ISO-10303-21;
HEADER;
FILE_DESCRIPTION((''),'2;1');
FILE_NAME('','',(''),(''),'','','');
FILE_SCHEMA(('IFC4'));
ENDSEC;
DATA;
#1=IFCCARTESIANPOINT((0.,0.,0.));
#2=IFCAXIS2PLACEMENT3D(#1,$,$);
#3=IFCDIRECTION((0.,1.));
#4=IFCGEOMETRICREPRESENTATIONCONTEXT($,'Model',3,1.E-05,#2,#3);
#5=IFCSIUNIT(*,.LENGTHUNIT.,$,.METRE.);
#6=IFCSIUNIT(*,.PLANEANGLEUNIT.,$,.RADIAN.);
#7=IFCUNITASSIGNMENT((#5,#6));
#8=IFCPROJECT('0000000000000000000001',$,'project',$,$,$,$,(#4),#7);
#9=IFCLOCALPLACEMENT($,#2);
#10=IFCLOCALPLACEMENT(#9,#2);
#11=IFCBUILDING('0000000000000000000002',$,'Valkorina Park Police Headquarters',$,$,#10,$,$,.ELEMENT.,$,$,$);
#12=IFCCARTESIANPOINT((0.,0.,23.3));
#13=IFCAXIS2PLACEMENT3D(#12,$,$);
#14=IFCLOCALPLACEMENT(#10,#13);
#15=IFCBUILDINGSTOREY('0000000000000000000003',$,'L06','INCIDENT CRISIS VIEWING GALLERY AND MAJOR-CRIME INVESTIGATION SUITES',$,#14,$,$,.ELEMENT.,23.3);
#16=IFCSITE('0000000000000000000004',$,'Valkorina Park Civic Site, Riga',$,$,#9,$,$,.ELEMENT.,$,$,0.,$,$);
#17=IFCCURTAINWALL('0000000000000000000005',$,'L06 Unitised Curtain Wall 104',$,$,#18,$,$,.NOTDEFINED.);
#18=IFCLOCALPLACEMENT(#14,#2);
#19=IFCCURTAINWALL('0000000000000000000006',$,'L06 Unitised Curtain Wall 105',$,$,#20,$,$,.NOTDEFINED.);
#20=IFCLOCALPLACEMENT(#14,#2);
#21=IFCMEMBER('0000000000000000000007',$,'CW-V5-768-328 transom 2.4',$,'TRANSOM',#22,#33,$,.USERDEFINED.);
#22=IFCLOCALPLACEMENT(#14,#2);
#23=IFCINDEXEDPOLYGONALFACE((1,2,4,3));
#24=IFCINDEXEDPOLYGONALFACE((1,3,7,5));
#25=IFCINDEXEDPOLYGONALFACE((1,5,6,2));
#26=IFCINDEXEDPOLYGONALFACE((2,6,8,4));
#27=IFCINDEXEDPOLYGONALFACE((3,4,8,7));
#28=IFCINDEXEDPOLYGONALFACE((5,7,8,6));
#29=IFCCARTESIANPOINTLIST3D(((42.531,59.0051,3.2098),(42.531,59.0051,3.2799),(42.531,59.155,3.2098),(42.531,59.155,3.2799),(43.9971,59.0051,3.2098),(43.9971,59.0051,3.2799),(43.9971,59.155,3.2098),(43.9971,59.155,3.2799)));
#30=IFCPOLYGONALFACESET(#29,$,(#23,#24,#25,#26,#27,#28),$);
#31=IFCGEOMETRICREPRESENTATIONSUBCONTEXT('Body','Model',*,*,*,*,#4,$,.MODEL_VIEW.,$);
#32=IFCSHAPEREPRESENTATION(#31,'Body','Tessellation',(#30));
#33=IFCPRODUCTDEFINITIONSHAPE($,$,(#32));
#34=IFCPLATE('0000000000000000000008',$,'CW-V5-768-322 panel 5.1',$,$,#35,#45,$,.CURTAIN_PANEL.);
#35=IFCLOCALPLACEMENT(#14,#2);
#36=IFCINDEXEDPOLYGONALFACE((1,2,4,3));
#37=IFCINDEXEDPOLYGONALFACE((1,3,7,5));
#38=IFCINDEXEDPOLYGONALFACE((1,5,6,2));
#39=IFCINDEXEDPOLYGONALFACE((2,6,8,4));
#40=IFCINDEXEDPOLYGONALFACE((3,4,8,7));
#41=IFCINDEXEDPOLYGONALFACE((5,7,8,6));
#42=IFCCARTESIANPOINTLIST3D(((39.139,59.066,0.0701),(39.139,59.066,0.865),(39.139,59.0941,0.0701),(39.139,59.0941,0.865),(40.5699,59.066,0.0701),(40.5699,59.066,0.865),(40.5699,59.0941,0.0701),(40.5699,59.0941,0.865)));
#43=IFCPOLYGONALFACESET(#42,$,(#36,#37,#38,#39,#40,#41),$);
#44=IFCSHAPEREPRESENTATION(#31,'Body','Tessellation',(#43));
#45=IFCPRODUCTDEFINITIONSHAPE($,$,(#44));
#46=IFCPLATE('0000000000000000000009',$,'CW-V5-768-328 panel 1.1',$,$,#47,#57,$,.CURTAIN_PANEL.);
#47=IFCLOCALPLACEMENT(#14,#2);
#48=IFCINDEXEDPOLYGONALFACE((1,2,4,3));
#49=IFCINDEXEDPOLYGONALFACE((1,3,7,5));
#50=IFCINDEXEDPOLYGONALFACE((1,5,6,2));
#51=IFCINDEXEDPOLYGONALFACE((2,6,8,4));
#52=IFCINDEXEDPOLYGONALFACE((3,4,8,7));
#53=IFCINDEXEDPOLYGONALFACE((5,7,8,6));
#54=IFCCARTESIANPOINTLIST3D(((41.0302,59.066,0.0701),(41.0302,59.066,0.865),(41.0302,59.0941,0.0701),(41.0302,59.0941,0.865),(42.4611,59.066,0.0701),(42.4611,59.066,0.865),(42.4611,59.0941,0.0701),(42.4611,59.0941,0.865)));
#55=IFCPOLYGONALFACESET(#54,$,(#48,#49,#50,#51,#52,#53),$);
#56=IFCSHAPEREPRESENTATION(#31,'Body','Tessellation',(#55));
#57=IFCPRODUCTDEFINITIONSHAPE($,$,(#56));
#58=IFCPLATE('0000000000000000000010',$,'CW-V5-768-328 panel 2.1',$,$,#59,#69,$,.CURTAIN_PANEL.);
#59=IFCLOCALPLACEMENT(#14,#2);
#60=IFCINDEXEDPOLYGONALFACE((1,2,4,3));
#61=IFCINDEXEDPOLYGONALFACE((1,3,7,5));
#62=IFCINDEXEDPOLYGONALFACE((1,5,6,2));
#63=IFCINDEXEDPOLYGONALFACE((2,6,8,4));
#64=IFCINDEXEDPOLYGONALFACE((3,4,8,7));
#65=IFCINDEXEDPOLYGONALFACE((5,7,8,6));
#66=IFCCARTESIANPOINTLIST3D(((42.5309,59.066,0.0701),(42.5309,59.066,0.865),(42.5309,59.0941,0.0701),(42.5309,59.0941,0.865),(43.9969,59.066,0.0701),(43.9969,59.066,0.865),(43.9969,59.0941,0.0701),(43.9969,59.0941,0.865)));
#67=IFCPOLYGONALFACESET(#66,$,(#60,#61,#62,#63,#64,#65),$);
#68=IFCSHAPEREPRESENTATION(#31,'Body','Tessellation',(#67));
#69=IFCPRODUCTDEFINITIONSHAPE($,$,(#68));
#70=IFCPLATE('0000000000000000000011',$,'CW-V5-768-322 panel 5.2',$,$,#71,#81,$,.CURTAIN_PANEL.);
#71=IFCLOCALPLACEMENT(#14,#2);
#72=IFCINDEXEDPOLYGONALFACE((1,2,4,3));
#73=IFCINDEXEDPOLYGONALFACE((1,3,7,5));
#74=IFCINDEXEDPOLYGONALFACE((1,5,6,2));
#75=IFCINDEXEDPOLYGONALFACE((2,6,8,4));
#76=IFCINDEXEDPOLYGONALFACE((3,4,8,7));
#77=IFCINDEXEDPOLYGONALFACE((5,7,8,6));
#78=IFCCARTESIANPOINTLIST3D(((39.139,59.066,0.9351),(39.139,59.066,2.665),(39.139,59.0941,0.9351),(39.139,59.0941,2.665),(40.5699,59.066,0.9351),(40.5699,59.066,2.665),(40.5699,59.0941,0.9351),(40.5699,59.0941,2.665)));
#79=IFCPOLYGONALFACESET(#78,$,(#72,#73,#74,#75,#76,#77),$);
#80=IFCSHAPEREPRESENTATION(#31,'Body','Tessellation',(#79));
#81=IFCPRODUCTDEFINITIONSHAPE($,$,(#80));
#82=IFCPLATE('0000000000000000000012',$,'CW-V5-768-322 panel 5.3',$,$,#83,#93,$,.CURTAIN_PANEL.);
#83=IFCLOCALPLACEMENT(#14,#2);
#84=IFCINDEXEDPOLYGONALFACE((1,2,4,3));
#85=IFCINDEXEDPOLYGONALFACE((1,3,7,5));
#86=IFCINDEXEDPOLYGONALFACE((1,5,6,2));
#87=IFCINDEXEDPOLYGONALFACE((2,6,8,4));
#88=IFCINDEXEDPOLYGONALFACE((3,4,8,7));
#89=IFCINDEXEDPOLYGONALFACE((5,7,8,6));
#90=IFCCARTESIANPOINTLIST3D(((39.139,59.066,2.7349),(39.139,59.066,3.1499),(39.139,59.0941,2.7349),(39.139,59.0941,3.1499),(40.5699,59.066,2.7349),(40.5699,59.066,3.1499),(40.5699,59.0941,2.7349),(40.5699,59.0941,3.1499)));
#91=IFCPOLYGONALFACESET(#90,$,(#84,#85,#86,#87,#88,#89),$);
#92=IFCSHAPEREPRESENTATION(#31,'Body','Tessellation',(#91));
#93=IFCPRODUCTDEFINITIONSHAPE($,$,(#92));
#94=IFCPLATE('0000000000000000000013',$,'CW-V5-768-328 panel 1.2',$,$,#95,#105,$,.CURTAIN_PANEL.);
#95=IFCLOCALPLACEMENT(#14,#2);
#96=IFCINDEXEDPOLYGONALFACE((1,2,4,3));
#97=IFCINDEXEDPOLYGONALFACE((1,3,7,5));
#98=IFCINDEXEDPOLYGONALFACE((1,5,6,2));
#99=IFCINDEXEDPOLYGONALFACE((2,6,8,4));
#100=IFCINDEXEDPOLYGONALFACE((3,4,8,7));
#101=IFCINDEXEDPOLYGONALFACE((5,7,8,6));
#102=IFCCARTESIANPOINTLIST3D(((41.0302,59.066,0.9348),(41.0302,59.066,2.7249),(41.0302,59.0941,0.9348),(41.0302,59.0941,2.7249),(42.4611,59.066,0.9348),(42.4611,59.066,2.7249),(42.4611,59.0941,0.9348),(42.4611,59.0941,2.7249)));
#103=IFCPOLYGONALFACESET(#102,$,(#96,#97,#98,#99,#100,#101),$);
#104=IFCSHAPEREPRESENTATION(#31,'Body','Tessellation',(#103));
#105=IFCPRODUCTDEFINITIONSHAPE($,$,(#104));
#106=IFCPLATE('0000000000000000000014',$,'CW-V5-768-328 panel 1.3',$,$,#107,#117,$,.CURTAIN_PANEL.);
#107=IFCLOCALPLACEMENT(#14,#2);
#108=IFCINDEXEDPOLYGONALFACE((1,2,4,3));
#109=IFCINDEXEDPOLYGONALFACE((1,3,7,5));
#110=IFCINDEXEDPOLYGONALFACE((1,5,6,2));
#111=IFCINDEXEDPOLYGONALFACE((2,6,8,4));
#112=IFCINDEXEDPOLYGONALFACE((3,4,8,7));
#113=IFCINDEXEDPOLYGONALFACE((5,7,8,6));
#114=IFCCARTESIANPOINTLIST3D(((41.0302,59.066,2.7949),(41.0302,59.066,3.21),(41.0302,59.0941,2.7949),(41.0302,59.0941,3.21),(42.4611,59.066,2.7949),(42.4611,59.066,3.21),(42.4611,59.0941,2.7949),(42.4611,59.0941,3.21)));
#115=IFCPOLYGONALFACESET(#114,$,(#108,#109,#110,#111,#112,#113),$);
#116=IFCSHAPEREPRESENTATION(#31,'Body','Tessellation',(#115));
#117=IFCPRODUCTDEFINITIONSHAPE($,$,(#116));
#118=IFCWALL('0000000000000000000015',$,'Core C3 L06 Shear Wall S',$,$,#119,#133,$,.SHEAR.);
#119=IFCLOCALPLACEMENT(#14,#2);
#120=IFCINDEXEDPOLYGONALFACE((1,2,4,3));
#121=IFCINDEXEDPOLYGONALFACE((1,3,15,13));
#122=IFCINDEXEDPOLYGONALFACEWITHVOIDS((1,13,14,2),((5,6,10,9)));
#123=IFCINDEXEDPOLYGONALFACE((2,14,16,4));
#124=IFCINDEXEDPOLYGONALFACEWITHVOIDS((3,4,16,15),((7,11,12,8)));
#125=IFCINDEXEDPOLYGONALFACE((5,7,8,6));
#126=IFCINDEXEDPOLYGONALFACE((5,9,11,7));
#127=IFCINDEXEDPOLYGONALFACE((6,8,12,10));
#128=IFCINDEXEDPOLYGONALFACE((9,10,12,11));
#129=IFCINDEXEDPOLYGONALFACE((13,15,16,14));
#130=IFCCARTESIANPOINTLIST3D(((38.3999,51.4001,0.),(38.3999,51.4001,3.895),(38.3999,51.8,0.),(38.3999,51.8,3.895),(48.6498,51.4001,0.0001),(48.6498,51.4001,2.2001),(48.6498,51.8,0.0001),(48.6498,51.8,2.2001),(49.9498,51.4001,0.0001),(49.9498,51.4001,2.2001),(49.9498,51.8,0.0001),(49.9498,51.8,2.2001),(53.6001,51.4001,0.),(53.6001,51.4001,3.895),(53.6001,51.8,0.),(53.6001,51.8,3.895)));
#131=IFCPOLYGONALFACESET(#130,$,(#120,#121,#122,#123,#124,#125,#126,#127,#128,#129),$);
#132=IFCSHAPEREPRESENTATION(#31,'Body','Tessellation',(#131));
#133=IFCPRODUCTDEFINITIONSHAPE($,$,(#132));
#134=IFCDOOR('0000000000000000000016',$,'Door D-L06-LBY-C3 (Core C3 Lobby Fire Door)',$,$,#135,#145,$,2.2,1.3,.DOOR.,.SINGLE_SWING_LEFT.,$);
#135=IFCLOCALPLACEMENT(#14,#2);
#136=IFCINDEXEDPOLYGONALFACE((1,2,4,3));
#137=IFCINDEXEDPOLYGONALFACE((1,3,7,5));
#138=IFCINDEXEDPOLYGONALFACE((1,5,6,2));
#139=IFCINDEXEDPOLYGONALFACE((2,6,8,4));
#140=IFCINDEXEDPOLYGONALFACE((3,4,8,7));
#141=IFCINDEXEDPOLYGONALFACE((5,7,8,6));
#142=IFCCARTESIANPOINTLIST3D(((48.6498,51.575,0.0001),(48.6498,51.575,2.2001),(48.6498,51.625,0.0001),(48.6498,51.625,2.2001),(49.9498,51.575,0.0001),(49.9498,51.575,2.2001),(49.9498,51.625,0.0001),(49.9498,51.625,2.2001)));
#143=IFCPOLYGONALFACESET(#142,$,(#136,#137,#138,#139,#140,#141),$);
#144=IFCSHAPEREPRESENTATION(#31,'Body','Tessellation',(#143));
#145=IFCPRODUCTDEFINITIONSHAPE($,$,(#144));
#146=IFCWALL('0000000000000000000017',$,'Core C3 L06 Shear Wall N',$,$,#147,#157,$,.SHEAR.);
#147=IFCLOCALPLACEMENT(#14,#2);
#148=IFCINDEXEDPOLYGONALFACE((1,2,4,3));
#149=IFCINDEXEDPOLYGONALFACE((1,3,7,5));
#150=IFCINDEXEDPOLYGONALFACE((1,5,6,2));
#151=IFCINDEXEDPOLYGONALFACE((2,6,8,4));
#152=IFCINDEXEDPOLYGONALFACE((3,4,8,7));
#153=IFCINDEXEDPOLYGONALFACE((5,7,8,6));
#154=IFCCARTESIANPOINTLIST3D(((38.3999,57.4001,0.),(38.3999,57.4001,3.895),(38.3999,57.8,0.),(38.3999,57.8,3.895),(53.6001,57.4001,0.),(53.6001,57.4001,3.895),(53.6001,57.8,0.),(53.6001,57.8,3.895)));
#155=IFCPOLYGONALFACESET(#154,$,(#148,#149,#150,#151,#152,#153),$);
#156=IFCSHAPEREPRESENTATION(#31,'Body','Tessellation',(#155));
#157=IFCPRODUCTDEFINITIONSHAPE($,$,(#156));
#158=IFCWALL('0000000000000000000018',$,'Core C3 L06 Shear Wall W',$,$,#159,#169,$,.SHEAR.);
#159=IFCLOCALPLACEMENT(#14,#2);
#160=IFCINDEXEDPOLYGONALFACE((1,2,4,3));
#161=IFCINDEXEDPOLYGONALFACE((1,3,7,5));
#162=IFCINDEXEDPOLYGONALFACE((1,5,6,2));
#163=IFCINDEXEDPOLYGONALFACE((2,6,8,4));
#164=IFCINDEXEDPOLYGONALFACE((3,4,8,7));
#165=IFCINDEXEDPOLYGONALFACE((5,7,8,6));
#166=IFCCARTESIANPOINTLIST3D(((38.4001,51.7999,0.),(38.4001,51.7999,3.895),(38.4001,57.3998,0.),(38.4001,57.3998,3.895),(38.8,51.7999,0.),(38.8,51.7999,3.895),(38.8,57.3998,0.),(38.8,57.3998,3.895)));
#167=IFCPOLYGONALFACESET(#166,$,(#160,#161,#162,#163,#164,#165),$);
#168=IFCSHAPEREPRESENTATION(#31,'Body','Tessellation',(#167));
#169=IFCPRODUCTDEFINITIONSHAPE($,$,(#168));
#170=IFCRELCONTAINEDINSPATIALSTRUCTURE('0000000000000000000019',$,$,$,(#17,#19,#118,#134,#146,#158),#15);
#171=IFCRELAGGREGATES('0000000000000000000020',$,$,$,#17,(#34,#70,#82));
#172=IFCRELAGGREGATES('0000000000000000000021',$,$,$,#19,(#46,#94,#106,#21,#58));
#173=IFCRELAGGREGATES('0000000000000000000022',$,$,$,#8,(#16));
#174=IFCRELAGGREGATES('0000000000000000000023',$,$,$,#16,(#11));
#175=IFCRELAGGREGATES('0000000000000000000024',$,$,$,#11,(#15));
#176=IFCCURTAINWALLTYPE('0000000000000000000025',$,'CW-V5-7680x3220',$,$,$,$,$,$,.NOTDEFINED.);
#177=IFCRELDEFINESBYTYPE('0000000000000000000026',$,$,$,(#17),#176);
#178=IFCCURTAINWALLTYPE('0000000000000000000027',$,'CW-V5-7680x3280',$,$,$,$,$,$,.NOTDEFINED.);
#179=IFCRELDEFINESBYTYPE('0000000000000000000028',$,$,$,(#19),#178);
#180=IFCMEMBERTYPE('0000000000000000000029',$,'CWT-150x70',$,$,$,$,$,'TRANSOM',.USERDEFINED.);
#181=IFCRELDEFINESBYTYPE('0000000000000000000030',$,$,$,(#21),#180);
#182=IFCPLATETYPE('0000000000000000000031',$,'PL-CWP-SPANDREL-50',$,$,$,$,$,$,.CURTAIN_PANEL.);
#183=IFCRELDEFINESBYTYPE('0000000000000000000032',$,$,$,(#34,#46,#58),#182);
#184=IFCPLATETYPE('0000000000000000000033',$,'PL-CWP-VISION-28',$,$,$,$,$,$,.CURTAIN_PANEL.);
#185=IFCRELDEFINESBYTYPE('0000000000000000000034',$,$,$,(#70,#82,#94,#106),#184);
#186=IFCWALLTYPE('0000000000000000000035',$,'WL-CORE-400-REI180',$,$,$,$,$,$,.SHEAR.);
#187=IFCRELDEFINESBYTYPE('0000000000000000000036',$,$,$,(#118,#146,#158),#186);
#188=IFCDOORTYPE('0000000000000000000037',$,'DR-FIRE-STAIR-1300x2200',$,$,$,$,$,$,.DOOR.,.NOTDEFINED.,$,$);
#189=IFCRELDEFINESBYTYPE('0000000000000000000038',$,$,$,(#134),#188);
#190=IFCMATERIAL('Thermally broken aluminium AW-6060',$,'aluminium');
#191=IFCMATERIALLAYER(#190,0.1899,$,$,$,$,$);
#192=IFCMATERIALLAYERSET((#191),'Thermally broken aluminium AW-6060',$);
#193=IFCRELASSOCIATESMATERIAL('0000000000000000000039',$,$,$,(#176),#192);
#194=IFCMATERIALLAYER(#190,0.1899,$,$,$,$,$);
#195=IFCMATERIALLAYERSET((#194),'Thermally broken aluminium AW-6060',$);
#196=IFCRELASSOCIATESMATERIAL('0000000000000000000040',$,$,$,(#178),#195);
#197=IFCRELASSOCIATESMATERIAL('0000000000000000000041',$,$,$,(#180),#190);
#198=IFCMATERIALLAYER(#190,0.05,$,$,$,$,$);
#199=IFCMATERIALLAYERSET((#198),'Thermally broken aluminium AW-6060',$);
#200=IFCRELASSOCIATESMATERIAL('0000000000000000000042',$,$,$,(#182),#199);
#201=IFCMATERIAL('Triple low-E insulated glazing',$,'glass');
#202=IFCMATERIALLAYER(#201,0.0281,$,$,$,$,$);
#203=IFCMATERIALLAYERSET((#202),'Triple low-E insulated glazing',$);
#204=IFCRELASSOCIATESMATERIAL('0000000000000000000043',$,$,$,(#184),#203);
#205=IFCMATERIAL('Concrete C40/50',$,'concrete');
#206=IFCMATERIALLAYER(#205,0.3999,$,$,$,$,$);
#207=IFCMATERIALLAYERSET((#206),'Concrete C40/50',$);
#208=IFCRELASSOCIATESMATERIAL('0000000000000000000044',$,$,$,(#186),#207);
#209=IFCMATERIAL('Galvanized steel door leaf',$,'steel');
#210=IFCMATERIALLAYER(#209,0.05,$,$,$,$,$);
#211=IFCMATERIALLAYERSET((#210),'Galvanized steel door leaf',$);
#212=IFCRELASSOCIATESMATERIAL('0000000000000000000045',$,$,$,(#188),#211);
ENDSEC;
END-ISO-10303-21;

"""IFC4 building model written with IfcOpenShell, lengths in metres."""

from ifc_helpers import new_model, si_unit, direction, frame, frame_2d, origin, origin_2d, place, context, subcontext, project, spatial, rectangle, extrude, material, layer, layer_set, material_profile, profile_set, type_object, element, fill, aggregate, save


model = new_model("IFC4")

# Units and contexts
model_context = context("Model", 3, precision=1e-05, world=origin(), true_north=direction((0.0, 1.0)))
body_context = subcontext(model_context, "Body", "Model", "MODEL_VIEW")
ifc_project = project(units=[si_unit("LENGTHUNIT", "METRE"), si_unit("PLANEANGLEUNIT", "RADIAN")], contexts=[model_context])

# Site, building, storey
site_placement = place(None, origin())
site = spatial("IfcSite", under=ifc_project, at=site_placement, Name="Valkorina Park Civic Site, Riga", CompositionType="ELEMENT", RefElevation=0.0)
building_placement = place(site_placement, origin())
building = spatial("IfcBuilding", under=site, at=building_placement, Name="Valkorina Park Police Headquarters", CompositionType="ELEMENT")
storey_placement = place(building_placement, frame((0.0, 0.0, 23.3)))
storey = spatial("IfcBuildingStorey", under=building, at=storey_placement, Name="L06", Description="INCIDENT CRISIS VIEWING GALLERY AND MAJOR-CRIME INVESTIGATION SUITES", CompositionType="ELEMENT", Elevation=23.3)

# Curtain walls
ifc_material_1 = material(Name="Thermally broken aluminium AW-6060", Category="aluminium")
ifc_layer_1 = layer(ifc_material_1, 0.1899)
ifc_layer_set_1 = layer_set([ifc_layer_1], Name="Thermally broken aluminium AW-6060")
curtain_wall_type_1 = type_object("IfcCurtainWallType", Name="CW-V5-7680x3220", PredefinedType="NOTDEFINED", material=ifc_layer_set_1)
curtain_wall_1_placement = place(storey_placement, origin())
curtain_wall_1 = element("IfcCurtainWall", 1, at=curtain_wall_1_placement, inside=storey, type_object=curtain_wall_type_1, Name="L06 Unitised Curtain Wall 104", PredefinedType="NOTDEFINED")
ifc_layer_2 = layer(ifc_material_1, 0.1899)
ifc_layer_set_2 = layer_set([ifc_layer_2], Name="Thermally broken aluminium AW-6060")
curtain_wall_type_2 = type_object("IfcCurtainWallType", Name="CW-V5-7680x3280", PredefinedType="NOTDEFINED", material=ifc_layer_set_2)
curtain_wall_2_placement = place(storey_placement, origin())
curtain_wall_2 = element("IfcCurtainWall", 2, at=curtain_wall_2_placement, inside=storey, type_object=curtain_wall_type_2, Name="L06 Unitised Curtain Wall 105", PredefinedType="NOTDEFINED")

# Member
ifc_material_profile_1 = material_profile(ifc_material_1, rectangle(XDim=0.1499, YDim=0.0701, at=origin_2d()), Name="CWT-02 150x70")
ifc_profile_set_1 = profile_set([ifc_material_profile_1], Name="Thermally broken aluminium AW-6060")
member_type_1 = type_object("IfcMemberType", Name="CWT-150x70", ElementType="TRANSOM", PredefinedType="USERDEFINED", material=ifc_profile_set_1)
member_1_placement = place(storey_placement, frame((42.531, 59.0801, 3.2449), z_axis=(1.0, 0.0, 0.0), x_axis=(0.0, 1.0, 0.0)))
member_1 = element("IfcMember", 3, at=member_1_placement, type_object=member_type_1, Name="CW-V5-768-328 transom 2.4", ObjectType="TRANSOM", PredefinedType="USERDEFINED", context=body_context, shape_type="SweptSolid", body=[
    extrude(rectangle(XDim=0.1499, YDim=0.0701, at=origin_2d()), origin(), (0.0, 0.0, 1.0), 1.4661),
])

# Plates
ifc_layer_3 = layer(ifc_material_1, 0.05)
ifc_layer_set_3 = layer_set([ifc_layer_3], Name="Thermally broken aluminium AW-6060")
plate_type_1 = type_object("IfcPlateType", Name="PL-CWP-SPANDREL-50", PredefinedType="CURTAIN_PANEL", material=ifc_layer_set_3)
plate_1_placement = place(storey_placement, frame((39.8545, 59.0801, 0.0701), z_axis=(0.0, 0.0, 1.0), x_axis=(1.0, 0.0, 0.0)))
plate_1 = element("IfcPlate", 4, at=plate_1_placement, type_object=plate_type_1, Name="CW-V5-768-322 panel 5.1", PredefinedType="CURTAIN_PANEL", context=body_context, shape_type="SweptSolid", body=[
    extrude(rectangle(XDim=1.4309, YDim=0.0281, at=origin_2d()), origin(), (0.0, 0.0, 1.0), 0.7949),
])
plate_2_placement = place(storey_placement, frame((41.7456, 59.0801, 0.0701), z_axis=(0.0, 0.0, 1.0), x_axis=(1.0, 0.0, 0.0)))
plate_2 = element("IfcPlate", 5, at=plate_2_placement, type_object=plate_type_1, Name="CW-V5-768-328 panel 1.1", PredefinedType="CURTAIN_PANEL", context=body_context, shape_type="SweptSolid", body=[
    extrude(rectangle(XDim=1.4309, YDim=0.0281, at=origin_2d()), origin(), (0.0, 0.0, 1.0), 0.7949),
])
plate_3_placement = place(storey_placement, frame((43.2639, 59.0801, 0.0701), z_axis=(0.0, 0.0, 1.0), x_axis=(1.0, 0.0, 0.0)))
plate_3 = element("IfcPlate", 6, at=plate_3_placement, type_object=plate_type_1, Name="CW-V5-768-328 panel 2.1", PredefinedType="CURTAIN_PANEL", context=body_context, shape_type="SweptSolid", body=[
    extrude(rectangle(XDim=1.4661, YDim=0.0281, at=origin_2d()), origin(), (0.0, 0.0, 1.0), 0.7949),
])
ifc_material_2 = material(Name="Triple low-E insulated glazing", Category="glass")
ifc_layer_4 = layer(ifc_material_2, 0.0281)
ifc_layer_set_4 = layer_set([ifc_layer_4], Name="Triple low-E insulated glazing")
plate_type_2 = type_object("IfcPlateType", Name="PL-CWP-VISION-28", PredefinedType="CURTAIN_PANEL", material=ifc_layer_set_4)
plate_4_placement = place(storey_placement, frame((39.8545, 59.0801, 0.9351), z_axis=(0.0, 0.0, 1.0), x_axis=(1.0, 0.0, 0.0)))
plate_4 = element("IfcPlate", 7, at=plate_4_placement, type_object=plate_type_2, Name="CW-V5-768-322 panel 5.2", PredefinedType="CURTAIN_PANEL", context=body_context, shape_type="SweptSolid", body=[
    extrude(rectangle(XDim=1.4309, YDim=0.0281, at=origin_2d()), origin(), (0.0, 0.0, 1.0), 1.73),
])
plate_5_placement = place(storey_placement, frame((39.8545, 59.0801, 2.7349), z_axis=(0.0, 0.0, 1.0), x_axis=(1.0, 0.0, 0.0)))
plate_5 = element("IfcPlate", 8, at=plate_5_placement, type_object=plate_type_2, Name="CW-V5-768-322 panel 5.3", PredefinedType="CURTAIN_PANEL", context=body_context, shape_type="SweptSolid", body=[
    extrude(rectangle(XDim=1.4309, YDim=0.0281, at=origin_2d()), origin(), (0.0, 0.0, 1.0), 0.415),
])
aggregate(curtain_wall_1, [plate_1, plate_4, plate_5])
plate_6_placement = place(storey_placement, frame((41.7456, 59.0801, 0.9348), z_axis=(0.0, 0.0, 1.0), x_axis=(1.0, 0.0, 0.0)))
plate_6 = element("IfcPlate", 9, at=plate_6_placement, type_object=plate_type_2, Name="CW-V5-768-328 panel 1.2", PredefinedType="CURTAIN_PANEL", context=body_context, shape_type="SweptSolid", body=[
    extrude(rectangle(XDim=1.4309, YDim=0.0281, at=origin_2d()), origin(), (0.0, 0.0, 1.0), 1.79),
])
plate_7_placement = place(storey_placement, frame((41.7456, 59.0801, 2.7949), z_axis=(0.0, 0.0, 1.0), x_axis=(1.0, 0.0, 0.0)))
plate_7 = element("IfcPlate", 10, at=plate_7_placement, type_object=plate_type_2, Name="CW-V5-768-328 panel 1.3", PredefinedType="CURTAIN_PANEL", context=body_context, shape_type="SweptSolid", body=[
    extrude(rectangle(XDim=1.4309, YDim=0.0281, at=origin_2d()), origin(), (0.0, 0.0, 1.0), 0.415),
])
aggregate(curtain_wall_2, [plate_2, plate_6, plate_7, member_1, plate_3])

# Wall, opening, door
ifc_material_3 = material(Name="Concrete C40/50", Category="concrete")
ifc_layer_5 = layer(ifc_material_3, 0.3999)
ifc_layer_set_5 = layer_set([ifc_layer_5], Name="Concrete C40/50")
wall_type_1 = type_object("IfcWallType", Name="WL-CORE-400-REI180", PredefinedType="SHEAR", material=ifc_layer_set_5)
wall_1_placement = place(storey_placement, frame((38.3999, 51.6001, 0.0), z_axis=(0.0, 0.0, 1.0), x_axis=(1.0, 0.0, 0.0)))
wall_1 = element("IfcWall", 11, at=wall_1_placement, inside=storey, type_object=wall_type_1, Name="Core C3 L06 Shear Wall S", PredefinedType="SHEAR", context=body_context, shape_type="SweptSolid", body=[
    extrude(rectangle(XDim=15.2002, YDim=0.3999, at=frame_2d((7.6001, 0.0))), origin(), (0.0, 0.0, 1.0), 3.895),
])
opening_1_placement = place(wall_1_placement, frame((10.25, 0.0, 0.0)))
opening_1 = element("IfcOpeningElement", 12, at=opening_1_placement, cuts=wall_1, PredefinedType="OPENING", context=body_context, shape_type="SweptSolid", body=[
    extrude(rectangle(XDim=1.3, YDim=2.2, at=frame_2d((0.6499, 1.1001))), frame((0.0, 0.21, 0.0), z_axis=(0.0, -1.0, 0.0), x_axis=(1.0, 0.0, 0.0)), (0.0, 0.0, 1.0), 0.4199),
])
ifc_material_4 = material(Name="Galvanized steel door leaf", Category="steel")
ifc_layer_6 = layer(ifc_material_4, 0.05)
ifc_layer_set_6 = layer_set([ifc_layer_6], Name="Galvanized steel door leaf")
door_type = type_object("IfcDoorType", Name="DR-FIRE-STAIR-1300x2200", OperationType="NOTDEFINED", PredefinedType="DOOR", material=ifc_layer_set_6)
door_1_placement = place(opening_1_placement, origin())
door_1 = element("IfcDoor", 13, at=door_1_placement, inside=storey, type_object=door_type, Name="Door D-L06-LBY-C3 (Core C3 Lobby Fire Door)", OperationType="SINGLE_SWING_LEFT", OverallHeight=2.2, OverallWidth=1.3, PredefinedType="DOOR", context=body_context, shape_type="SweptSolid", body=[
    extrude(rectangle(XDim=1.3, YDim=2.2, at=frame_2d((0.6499, 1.1001))), frame((0.0, 0.0249, 0.0), z_axis=(0.0, -1.0, 0.0), x_axis=(1.0, 0.0, 0.0)), (0.0, 0.0, 1.0), 0.05),
])
fill(opening_1, door_1)

# Walls
wall_2_placement = place(storey_placement, frame((38.3999, 57.6001, 0.0), z_axis=(0.0, 0.0, 1.0), x_axis=(1.0, 0.0, 0.0)))
element("IfcWall", 14, at=wall_2_placement, inside=storey, type_object=wall_type_1, Name="Core C3 L06 Shear Wall N", PredefinedType="SHEAR", context=body_context, shape_type="SweptSolid", body=[
    extrude(rectangle(XDim=15.2002, YDim=0.3999, at=frame_2d((7.6001, 0.0))), origin(), (0.0, 0.0, 1.0), 3.895),
])
wall_3_placement = place(storey_placement, frame((38.6001, 51.8, 0.0), z_axis=(0.0, 0.0, 1.0), x_axis=(0.0, 1.0, 0.0)))
element("IfcWall", 15, at=wall_3_placement, inside=storey, type_object=wall_type_1, Name="Core C3 L06 Shear Wall W", PredefinedType="SHEAR", context=body_context, shape_type="SweptSolid", body=[
    extrude(rectangle(XDim=5.5999, YDim=0.3999, at=frame_2d((2.7998, 0.0))), origin(), (0.0, 0.0, 1.0), 3.895),
])

save(model, "model.ifc")
